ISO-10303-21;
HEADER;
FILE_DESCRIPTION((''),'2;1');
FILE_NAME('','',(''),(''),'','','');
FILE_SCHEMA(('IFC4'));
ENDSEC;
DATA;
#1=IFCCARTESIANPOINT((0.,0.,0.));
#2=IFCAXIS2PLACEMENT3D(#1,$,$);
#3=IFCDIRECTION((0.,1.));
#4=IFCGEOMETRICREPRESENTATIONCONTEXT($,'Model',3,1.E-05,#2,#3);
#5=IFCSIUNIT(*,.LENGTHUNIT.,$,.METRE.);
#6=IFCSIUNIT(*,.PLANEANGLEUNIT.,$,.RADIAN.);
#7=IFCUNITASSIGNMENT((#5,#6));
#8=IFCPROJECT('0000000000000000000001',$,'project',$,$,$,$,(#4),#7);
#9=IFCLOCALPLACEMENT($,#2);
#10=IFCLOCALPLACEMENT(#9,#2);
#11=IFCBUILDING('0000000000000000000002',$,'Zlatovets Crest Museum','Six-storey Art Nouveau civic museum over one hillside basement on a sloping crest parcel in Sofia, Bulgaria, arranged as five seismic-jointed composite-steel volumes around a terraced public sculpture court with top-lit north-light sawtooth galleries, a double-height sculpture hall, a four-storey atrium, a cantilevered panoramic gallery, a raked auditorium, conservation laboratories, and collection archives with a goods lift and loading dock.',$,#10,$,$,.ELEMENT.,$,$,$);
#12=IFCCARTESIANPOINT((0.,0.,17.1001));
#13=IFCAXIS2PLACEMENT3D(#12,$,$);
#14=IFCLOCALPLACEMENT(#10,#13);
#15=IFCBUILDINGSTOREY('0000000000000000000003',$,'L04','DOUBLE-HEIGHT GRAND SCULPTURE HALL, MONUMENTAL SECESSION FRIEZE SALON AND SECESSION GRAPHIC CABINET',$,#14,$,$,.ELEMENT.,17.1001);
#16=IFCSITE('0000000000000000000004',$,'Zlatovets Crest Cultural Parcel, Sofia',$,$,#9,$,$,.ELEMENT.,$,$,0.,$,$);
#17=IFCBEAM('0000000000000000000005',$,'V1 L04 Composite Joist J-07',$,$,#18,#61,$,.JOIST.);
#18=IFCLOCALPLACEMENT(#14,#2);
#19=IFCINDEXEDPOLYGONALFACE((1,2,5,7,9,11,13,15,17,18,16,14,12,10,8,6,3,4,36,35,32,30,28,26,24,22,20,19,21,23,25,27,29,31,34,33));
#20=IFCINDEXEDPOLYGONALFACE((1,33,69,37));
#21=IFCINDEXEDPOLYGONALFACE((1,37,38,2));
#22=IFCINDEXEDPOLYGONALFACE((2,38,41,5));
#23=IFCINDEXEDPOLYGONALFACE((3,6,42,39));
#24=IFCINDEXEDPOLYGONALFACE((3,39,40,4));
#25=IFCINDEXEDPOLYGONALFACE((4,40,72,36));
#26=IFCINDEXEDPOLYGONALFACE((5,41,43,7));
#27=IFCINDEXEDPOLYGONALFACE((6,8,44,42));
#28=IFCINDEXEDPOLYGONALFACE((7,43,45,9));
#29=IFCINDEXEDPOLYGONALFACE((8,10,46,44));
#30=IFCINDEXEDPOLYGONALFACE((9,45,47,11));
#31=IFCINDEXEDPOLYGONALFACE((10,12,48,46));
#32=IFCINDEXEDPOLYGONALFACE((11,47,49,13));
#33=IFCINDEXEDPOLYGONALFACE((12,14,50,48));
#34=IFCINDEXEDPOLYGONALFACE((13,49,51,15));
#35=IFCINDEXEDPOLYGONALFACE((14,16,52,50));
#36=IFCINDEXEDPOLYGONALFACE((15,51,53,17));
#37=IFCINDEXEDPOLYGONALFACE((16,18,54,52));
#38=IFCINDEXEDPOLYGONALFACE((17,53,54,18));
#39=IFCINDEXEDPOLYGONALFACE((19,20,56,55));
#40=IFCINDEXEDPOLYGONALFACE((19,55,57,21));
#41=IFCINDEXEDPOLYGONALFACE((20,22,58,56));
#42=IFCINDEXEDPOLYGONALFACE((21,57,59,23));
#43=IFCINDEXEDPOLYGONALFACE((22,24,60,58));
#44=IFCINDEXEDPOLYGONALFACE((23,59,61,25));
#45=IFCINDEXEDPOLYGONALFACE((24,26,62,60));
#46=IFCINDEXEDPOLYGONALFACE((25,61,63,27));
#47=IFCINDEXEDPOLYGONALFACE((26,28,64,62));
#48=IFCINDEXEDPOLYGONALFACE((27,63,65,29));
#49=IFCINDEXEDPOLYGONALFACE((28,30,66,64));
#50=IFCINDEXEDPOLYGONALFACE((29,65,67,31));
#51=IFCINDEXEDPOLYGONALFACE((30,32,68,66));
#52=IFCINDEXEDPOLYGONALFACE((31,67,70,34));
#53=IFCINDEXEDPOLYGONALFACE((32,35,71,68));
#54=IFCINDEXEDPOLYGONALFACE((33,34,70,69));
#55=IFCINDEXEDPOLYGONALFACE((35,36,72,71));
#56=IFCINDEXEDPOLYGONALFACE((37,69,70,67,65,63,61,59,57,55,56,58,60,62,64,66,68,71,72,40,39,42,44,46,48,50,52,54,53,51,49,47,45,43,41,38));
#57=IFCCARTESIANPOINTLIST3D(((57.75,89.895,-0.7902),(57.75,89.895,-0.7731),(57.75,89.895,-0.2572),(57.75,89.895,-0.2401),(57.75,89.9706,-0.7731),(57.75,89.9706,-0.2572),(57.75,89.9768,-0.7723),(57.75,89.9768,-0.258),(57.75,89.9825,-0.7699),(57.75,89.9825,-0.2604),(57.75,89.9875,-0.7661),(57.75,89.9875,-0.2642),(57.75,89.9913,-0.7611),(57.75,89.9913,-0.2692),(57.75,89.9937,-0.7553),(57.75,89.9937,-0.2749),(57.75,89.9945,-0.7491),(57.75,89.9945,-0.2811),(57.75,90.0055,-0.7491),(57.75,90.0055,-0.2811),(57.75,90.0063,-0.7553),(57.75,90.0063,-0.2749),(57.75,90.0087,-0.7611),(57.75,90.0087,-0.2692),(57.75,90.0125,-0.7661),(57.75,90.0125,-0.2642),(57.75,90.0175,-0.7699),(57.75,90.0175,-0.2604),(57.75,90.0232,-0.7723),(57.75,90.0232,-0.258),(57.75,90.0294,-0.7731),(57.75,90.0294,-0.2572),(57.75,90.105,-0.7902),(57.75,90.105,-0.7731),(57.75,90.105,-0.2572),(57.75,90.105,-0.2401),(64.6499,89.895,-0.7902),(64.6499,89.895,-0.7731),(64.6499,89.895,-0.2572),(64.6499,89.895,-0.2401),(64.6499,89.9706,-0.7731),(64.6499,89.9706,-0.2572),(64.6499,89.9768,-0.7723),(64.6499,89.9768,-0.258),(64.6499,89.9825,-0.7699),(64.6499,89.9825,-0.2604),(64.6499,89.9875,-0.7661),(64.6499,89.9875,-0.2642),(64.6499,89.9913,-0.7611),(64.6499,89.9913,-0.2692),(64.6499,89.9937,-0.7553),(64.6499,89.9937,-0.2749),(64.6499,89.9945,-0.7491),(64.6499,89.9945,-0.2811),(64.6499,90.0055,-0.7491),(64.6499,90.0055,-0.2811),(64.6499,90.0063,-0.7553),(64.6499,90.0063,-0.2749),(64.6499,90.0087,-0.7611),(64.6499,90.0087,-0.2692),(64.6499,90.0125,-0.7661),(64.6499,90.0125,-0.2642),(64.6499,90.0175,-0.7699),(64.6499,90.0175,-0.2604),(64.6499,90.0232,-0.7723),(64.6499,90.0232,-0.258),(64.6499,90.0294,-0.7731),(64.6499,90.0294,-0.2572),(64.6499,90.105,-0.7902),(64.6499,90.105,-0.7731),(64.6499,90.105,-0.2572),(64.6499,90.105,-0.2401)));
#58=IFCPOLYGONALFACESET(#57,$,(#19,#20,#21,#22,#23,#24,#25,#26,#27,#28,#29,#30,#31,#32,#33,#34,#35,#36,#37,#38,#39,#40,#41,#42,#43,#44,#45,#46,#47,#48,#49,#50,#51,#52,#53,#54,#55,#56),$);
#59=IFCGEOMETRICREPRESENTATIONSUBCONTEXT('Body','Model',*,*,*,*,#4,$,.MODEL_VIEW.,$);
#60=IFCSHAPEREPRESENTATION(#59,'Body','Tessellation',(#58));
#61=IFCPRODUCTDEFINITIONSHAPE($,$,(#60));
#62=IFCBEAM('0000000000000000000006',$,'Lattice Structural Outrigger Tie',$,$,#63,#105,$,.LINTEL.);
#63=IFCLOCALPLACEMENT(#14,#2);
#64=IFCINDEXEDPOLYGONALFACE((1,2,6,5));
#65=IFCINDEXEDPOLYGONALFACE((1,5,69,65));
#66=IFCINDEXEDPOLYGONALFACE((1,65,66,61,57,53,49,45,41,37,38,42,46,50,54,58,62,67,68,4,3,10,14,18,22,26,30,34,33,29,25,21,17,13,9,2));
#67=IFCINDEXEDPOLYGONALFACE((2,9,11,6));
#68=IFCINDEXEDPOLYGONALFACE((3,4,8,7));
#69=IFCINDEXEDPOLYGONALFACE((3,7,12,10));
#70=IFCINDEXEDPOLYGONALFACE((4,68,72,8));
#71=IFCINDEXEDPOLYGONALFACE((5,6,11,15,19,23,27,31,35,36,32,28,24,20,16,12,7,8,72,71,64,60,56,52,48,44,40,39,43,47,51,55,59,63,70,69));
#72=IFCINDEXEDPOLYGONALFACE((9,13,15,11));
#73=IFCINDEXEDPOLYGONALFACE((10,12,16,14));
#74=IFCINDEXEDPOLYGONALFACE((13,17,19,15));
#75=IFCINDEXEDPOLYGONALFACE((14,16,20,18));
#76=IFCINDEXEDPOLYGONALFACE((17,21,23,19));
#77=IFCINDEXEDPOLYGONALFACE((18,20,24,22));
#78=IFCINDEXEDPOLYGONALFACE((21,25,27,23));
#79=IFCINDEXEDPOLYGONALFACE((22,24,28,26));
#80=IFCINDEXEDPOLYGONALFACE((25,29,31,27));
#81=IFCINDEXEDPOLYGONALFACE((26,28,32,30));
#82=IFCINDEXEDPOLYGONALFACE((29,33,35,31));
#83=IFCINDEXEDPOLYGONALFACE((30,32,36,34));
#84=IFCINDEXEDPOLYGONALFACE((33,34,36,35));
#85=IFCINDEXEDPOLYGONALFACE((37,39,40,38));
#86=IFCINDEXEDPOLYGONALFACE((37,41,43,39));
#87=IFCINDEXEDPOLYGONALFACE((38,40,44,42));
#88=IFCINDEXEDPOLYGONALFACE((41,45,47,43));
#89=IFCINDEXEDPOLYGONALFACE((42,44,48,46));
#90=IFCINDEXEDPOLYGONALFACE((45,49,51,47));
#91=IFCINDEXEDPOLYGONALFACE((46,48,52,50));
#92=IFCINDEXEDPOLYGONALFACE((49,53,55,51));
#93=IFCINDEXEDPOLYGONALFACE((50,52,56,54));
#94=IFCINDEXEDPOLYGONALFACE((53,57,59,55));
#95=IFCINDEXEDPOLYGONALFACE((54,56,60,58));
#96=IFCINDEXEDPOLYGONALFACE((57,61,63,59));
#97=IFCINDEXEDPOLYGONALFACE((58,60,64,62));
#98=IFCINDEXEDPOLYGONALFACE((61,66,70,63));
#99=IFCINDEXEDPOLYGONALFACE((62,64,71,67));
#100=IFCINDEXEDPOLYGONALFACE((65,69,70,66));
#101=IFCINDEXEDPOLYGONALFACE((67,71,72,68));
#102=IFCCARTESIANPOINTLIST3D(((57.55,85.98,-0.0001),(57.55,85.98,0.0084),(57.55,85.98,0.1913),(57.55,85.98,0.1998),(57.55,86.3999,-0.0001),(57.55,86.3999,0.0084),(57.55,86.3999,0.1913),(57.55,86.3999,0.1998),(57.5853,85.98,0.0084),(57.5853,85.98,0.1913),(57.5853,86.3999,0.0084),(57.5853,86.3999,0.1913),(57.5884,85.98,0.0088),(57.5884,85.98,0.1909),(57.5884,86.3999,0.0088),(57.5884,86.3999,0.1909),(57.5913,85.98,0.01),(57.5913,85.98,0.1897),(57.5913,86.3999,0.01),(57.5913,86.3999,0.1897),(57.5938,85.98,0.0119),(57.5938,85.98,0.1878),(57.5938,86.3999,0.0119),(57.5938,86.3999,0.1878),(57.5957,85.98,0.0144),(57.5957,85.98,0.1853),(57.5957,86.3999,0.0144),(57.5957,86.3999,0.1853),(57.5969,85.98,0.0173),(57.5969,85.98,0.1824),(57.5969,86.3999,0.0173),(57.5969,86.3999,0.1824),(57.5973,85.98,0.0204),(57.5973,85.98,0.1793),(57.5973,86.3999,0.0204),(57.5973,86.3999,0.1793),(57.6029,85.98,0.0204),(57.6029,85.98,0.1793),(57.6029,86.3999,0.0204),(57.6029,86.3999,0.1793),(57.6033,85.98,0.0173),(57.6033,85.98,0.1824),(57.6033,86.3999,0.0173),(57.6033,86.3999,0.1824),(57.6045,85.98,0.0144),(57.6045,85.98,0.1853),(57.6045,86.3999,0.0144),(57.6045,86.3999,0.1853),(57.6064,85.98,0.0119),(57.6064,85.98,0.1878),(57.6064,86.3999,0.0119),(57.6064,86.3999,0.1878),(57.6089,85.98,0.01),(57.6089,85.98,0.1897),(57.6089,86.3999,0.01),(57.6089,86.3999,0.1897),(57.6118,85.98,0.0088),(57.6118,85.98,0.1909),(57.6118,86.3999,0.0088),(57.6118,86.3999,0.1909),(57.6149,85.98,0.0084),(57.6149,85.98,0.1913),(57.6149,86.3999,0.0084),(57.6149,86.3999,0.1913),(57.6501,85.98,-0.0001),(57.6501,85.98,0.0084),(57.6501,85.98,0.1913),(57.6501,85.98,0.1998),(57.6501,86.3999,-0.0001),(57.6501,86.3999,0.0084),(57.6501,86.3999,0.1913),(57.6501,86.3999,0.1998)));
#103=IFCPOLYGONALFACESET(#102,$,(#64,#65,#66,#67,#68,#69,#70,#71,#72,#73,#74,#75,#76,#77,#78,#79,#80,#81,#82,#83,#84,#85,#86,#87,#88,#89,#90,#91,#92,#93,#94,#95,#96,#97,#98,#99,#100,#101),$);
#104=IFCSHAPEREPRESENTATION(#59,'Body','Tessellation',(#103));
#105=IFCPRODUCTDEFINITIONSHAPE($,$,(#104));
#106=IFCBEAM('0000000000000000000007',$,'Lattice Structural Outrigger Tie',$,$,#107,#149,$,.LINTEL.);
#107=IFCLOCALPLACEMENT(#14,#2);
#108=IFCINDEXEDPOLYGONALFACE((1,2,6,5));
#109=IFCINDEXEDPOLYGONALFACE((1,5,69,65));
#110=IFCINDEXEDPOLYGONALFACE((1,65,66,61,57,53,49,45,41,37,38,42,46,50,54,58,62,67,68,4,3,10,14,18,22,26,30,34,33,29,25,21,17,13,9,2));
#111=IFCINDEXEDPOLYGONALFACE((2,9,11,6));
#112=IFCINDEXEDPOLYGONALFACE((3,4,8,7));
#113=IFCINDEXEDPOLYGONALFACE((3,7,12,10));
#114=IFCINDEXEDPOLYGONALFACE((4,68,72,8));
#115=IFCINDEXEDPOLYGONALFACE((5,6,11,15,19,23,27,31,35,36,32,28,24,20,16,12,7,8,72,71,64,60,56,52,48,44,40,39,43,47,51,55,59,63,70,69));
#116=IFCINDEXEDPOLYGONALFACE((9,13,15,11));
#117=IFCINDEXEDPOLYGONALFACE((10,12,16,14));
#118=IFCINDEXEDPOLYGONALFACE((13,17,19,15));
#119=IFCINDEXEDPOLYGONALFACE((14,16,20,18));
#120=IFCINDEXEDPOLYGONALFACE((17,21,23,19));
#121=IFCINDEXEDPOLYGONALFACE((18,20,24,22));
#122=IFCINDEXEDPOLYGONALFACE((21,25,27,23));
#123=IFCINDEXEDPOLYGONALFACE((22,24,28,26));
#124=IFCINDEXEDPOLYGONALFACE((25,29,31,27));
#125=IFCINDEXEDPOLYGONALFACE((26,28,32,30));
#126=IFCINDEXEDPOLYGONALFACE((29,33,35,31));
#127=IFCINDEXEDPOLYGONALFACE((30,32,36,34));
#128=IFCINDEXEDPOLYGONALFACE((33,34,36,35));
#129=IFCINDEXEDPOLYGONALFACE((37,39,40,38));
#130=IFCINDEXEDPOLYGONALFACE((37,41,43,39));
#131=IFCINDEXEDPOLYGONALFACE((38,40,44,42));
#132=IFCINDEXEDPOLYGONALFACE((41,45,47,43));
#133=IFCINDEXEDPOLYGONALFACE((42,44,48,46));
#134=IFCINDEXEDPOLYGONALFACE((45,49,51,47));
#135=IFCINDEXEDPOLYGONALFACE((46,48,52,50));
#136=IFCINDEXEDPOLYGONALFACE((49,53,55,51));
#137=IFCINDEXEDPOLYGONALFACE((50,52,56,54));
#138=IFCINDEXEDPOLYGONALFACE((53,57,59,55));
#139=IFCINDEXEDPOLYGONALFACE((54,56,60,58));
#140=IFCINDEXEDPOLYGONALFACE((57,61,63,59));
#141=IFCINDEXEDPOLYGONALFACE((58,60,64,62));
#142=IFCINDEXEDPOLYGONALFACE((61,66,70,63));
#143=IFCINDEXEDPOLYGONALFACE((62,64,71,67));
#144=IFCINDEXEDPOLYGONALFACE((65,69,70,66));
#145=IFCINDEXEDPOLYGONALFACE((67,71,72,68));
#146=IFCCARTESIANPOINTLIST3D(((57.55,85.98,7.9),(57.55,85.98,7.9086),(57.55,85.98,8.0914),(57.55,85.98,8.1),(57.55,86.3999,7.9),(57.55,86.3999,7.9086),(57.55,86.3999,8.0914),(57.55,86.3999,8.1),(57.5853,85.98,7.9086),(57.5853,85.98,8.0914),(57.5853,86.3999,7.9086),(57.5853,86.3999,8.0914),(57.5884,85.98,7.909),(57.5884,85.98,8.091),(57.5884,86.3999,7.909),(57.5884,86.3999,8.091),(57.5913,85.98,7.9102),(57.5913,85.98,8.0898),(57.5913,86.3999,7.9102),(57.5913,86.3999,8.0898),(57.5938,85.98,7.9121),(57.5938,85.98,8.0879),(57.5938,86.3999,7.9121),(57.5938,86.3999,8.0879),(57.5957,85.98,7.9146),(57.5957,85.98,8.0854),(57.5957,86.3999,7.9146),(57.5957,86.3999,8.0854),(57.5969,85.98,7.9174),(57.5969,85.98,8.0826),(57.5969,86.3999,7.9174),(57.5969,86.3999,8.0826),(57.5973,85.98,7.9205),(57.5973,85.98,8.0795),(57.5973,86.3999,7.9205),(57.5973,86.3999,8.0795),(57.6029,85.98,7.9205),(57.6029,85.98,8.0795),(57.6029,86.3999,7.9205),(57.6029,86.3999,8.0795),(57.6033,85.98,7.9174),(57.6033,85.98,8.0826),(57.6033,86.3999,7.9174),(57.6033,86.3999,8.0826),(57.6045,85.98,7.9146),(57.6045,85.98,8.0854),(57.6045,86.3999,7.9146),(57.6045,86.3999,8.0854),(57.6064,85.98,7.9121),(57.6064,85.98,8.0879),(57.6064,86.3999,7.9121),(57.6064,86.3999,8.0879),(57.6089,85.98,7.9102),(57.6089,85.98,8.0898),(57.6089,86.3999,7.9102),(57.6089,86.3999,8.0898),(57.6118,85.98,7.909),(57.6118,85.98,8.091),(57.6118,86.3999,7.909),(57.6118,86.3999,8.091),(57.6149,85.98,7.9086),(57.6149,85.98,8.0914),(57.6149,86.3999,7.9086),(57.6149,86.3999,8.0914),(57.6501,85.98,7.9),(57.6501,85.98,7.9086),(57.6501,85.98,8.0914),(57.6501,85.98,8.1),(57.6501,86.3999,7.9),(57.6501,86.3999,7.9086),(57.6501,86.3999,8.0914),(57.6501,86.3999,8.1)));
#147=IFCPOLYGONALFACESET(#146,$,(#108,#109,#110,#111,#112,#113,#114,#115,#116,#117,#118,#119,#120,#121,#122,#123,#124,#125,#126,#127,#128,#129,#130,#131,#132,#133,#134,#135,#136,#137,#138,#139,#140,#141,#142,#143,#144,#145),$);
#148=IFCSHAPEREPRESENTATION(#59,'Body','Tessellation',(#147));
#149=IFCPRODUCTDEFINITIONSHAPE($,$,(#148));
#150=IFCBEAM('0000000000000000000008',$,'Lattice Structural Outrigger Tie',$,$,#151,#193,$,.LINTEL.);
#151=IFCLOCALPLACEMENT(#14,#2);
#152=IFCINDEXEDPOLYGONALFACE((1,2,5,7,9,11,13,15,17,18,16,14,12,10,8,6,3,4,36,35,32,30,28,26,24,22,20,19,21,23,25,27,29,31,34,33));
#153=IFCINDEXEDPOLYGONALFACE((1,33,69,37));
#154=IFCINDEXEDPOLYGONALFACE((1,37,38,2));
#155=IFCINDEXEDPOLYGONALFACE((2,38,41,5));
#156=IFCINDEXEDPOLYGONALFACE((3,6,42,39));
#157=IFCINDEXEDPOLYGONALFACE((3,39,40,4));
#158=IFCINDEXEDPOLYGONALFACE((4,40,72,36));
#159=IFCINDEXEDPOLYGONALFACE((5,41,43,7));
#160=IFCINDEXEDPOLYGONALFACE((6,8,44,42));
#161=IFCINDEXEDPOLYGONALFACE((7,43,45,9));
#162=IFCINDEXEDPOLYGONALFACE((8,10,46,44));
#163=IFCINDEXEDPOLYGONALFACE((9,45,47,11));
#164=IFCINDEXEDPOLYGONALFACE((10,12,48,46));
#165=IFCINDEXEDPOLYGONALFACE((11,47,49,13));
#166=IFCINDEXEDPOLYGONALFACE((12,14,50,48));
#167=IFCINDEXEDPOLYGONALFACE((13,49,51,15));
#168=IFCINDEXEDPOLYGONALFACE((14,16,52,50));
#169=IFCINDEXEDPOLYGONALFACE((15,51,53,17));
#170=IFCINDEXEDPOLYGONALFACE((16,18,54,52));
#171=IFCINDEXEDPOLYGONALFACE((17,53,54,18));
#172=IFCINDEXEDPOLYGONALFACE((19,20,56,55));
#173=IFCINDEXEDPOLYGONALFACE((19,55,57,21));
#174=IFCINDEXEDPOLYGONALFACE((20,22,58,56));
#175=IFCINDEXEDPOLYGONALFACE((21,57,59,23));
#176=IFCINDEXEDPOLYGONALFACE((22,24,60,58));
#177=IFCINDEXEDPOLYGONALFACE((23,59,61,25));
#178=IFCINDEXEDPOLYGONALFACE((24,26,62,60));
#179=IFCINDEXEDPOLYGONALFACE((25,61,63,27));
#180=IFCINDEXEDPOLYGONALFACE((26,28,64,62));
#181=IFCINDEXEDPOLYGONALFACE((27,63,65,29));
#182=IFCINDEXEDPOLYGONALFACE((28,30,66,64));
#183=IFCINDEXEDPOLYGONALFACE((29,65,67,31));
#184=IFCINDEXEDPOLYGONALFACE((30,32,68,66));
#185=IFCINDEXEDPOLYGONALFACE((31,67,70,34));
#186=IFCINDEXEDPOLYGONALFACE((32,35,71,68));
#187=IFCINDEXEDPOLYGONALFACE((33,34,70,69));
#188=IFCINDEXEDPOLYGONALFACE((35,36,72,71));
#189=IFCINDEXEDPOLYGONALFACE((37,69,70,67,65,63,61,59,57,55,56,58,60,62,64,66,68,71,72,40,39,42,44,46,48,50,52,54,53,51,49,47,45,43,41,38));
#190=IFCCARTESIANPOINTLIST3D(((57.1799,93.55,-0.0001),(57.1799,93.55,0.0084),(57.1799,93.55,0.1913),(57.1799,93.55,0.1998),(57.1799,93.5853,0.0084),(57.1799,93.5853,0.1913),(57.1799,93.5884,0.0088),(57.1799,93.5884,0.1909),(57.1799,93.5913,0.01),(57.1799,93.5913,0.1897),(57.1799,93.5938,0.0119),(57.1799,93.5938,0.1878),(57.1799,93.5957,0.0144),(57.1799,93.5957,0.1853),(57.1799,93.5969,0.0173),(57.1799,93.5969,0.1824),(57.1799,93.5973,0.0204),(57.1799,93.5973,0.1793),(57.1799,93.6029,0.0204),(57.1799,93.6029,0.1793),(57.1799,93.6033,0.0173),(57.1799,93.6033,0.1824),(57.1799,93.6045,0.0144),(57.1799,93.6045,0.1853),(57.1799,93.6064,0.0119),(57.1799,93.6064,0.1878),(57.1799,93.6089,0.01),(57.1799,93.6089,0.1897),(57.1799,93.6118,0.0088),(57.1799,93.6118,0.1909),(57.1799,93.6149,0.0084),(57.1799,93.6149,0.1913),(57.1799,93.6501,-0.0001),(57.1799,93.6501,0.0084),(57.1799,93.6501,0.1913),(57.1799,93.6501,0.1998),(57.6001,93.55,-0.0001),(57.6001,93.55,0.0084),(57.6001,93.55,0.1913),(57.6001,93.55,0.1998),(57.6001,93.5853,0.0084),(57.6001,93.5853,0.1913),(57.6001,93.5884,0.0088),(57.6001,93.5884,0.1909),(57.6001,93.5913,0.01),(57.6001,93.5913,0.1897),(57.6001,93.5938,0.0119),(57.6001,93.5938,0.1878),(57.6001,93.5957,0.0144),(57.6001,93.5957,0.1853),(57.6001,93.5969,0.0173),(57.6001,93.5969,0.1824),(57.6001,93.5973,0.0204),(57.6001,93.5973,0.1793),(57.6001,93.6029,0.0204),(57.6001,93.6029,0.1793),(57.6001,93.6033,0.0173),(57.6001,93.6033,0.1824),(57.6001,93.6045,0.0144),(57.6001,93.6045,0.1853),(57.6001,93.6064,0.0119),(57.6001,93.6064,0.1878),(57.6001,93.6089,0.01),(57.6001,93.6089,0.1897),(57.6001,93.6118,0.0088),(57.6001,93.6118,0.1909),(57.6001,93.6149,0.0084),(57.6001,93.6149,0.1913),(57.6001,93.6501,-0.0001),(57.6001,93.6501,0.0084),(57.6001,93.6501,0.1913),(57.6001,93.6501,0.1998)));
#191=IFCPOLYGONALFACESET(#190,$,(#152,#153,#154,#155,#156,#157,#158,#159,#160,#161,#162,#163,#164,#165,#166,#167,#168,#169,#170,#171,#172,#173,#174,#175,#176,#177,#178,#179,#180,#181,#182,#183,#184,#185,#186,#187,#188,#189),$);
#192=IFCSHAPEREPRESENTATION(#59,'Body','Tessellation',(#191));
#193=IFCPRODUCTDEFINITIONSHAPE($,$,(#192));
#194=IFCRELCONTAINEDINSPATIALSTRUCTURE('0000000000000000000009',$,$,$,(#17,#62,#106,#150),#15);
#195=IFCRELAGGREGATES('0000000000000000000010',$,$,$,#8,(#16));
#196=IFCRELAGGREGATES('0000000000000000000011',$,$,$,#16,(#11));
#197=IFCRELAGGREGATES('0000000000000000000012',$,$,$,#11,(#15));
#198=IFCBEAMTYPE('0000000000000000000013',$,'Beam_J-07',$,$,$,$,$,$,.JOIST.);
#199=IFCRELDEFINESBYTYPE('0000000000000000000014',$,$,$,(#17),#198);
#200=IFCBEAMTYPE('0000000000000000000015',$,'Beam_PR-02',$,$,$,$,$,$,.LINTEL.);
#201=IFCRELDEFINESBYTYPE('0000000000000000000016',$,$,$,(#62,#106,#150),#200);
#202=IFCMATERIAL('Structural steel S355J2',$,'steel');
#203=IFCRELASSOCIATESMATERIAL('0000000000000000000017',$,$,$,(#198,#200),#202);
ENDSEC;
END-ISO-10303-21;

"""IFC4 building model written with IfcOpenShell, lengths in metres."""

from ifc_helpers import new_model, si_unit, direction, frame, origin, origin_2d, place, context, subcontext, project, spatial, i_section, extrude, material, material_profile, profile_set, type_object, element, save


model = new_model("IFC4")

# Units and contexts
model_context = context("Model", 3, precision=1e-05, world=origin(), true_north=direction((0.0, 1.0)))
body_context = subcontext(model_context, "Body", "Model", "MODEL_VIEW")
ifc_project = project(units=[si_unit("LENGTHUNIT", "METRE"), si_unit("PLANEANGLEUNIT", "RADIAN")], contexts=[model_context])

# Site, building, storey
site_placement = place(None, origin())
site = spatial("IfcSite", under=ifc_project, at=site_placement, Name="Zlatovets Crest Cultural Parcel, Sofia", CompositionType="ELEMENT", RefElevation=0.0)
building_placement = place(site_placement, origin())
building = spatial("IfcBuilding", under=site, at=building_placement, Name="Zlatovets Crest Museum", Description="Six-storey Art Nouveau civic museum over one hillside basement on a sloping crest parcel in Sofia, Bulgaria, arranged as five seismic-jointed composite-steel volumes around a terraced public sculpture court with top-lit north-light sawtooth galleries, a double-height sculpture hall, a four-storey atrium, a cantilevered panoramic gallery, a raked auditorium, conservation laboratories, and collection archives with a goods lift and loading dock.", CompositionType="ELEMENT")
storey_placement = place(building_placement, frame((0.0, 0.0, 17.1001)))
storey = spatial("IfcBuildingStorey", under=building, at=storey_placement, Name="L04", Description="DOUBLE-HEIGHT GRAND SCULPTURE HALL, MONUMENTAL SECESSION FRIEZE SALON AND SECESSION GRAPHIC CABINET", CompositionType="ELEMENT", Elevation=17.1001)

# Shared definitions
ifc_material_1 = material(Name="Structural steel S355J2", Category="steel")

# Beams
ifc_material_profile_1 = material_profile(ifc_material_1, i_section(OverallWidth=0.21, OverallDepth=0.55, WebThickness=0.011, FlangeThickness=0.0171, FilletRadius=0.0239, at=origin_2d()), Name="IPE 550")
ifc_profile_set_1 = profile_set([ifc_material_profile_1], Name="Structural steel S355J2")
beam_type_1 = type_object("IfcBeamType", Name="Beam_J-07", PredefinedType="JOIST", material=ifc_profile_set_1)
beam_1_placement = place(storey_placement, frame((57.75, 90.0, -0.5151), z_axis=(1.0, 0.0, 0.0), x_axis=(0.0, 1.0, 0.0)))
element("IfcBeam", 1, at=beam_1_placement, inside=storey, type_object=beam_type_1, Name="V1 L04 Composite Joist J-07", PredefinedType="JOIST", context=body_context, shape_type="SweptSolid", body=[
    extrude(i_section(OverallWidth=0.21, OverallDepth=0.55, WebThickness=0.011, FlangeThickness=0.0171, FilletRadius=0.0239, at=origin_2d()), origin(), (0.0, 0.0, 1.0), 6.8999),
])
ifc_material_profile_2 = material_profile(ifc_material_1, i_section(OverallWidth=0.1001, OverallDepth=0.2, WebThickness=0.0056, FlangeThickness=0.0085, FilletRadius=0.012, at=origin_2d()), Name="IPE 200")
ifc_profile_set_2 = profile_set([ifc_material_profile_2], Name="Structural steel S355J2")
beam_type_2 = type_object("IfcBeamType", Name="Beam_PR-02", PredefinedType="LINTEL", material=ifc_profile_set_2)
for number, where, z_axis, x_axis, name in (
    (2, (57.6001, 86.3999, 0.0999), (0.0, -1.0, 0.0), (1.0, 0.0, 0.0), "Lattice Structural Outrigger Tie"),
    (3, (57.6001, 86.3999, 8.0), (0.0, -1.0, 0.0), (1.0, 0.0, 0.0), "Lattice Structural Outrigger Tie"),
):
    element("IfcBeam", number, at=place(storey_placement, frame(where, z_axis=z_axis, x_axis=x_axis)), inside=storey, type_object=beam_type_2, Name=name, PredefinedType="LINTEL", context=body_context, shape_type="SweptSolid", body=[
        extrude(i_section(OverallWidth=0.1001, OverallDepth=0.2, WebThickness=0.0056, FlangeThickness=0.0085, FilletRadius=0.012, at=origin_2d()), origin(), (0.0, 0.0, 1.0), 0.4199),
    ])
for number, where, z_axis, x_axis, name in (
    (4, (57.6001, 93.6001, 0.0999), (-1.0, 0.0, 0.0), (0.0, -1.0, 0.0), "Lattice Structural Outrigger Tie"),
):
    element("IfcBeam", number, at=place(storey_placement, frame(where, z_axis=z_axis, x_axis=x_axis)), inside=storey, type_object=beam_type_2, Name=name, PredefinedType="LINTEL", context=body_context, shape_type="SweptSolid", body=[
        extrude(i_section(OverallWidth=0.1001, OverallDepth=0.2, WebThickness=0.0056, FlangeThickness=0.0085, FilletRadius=0.012, at=origin_2d()), origin(), (0.0, 0.0, 1.0), 0.4202),
    ])

save(model, "model.ifc")
